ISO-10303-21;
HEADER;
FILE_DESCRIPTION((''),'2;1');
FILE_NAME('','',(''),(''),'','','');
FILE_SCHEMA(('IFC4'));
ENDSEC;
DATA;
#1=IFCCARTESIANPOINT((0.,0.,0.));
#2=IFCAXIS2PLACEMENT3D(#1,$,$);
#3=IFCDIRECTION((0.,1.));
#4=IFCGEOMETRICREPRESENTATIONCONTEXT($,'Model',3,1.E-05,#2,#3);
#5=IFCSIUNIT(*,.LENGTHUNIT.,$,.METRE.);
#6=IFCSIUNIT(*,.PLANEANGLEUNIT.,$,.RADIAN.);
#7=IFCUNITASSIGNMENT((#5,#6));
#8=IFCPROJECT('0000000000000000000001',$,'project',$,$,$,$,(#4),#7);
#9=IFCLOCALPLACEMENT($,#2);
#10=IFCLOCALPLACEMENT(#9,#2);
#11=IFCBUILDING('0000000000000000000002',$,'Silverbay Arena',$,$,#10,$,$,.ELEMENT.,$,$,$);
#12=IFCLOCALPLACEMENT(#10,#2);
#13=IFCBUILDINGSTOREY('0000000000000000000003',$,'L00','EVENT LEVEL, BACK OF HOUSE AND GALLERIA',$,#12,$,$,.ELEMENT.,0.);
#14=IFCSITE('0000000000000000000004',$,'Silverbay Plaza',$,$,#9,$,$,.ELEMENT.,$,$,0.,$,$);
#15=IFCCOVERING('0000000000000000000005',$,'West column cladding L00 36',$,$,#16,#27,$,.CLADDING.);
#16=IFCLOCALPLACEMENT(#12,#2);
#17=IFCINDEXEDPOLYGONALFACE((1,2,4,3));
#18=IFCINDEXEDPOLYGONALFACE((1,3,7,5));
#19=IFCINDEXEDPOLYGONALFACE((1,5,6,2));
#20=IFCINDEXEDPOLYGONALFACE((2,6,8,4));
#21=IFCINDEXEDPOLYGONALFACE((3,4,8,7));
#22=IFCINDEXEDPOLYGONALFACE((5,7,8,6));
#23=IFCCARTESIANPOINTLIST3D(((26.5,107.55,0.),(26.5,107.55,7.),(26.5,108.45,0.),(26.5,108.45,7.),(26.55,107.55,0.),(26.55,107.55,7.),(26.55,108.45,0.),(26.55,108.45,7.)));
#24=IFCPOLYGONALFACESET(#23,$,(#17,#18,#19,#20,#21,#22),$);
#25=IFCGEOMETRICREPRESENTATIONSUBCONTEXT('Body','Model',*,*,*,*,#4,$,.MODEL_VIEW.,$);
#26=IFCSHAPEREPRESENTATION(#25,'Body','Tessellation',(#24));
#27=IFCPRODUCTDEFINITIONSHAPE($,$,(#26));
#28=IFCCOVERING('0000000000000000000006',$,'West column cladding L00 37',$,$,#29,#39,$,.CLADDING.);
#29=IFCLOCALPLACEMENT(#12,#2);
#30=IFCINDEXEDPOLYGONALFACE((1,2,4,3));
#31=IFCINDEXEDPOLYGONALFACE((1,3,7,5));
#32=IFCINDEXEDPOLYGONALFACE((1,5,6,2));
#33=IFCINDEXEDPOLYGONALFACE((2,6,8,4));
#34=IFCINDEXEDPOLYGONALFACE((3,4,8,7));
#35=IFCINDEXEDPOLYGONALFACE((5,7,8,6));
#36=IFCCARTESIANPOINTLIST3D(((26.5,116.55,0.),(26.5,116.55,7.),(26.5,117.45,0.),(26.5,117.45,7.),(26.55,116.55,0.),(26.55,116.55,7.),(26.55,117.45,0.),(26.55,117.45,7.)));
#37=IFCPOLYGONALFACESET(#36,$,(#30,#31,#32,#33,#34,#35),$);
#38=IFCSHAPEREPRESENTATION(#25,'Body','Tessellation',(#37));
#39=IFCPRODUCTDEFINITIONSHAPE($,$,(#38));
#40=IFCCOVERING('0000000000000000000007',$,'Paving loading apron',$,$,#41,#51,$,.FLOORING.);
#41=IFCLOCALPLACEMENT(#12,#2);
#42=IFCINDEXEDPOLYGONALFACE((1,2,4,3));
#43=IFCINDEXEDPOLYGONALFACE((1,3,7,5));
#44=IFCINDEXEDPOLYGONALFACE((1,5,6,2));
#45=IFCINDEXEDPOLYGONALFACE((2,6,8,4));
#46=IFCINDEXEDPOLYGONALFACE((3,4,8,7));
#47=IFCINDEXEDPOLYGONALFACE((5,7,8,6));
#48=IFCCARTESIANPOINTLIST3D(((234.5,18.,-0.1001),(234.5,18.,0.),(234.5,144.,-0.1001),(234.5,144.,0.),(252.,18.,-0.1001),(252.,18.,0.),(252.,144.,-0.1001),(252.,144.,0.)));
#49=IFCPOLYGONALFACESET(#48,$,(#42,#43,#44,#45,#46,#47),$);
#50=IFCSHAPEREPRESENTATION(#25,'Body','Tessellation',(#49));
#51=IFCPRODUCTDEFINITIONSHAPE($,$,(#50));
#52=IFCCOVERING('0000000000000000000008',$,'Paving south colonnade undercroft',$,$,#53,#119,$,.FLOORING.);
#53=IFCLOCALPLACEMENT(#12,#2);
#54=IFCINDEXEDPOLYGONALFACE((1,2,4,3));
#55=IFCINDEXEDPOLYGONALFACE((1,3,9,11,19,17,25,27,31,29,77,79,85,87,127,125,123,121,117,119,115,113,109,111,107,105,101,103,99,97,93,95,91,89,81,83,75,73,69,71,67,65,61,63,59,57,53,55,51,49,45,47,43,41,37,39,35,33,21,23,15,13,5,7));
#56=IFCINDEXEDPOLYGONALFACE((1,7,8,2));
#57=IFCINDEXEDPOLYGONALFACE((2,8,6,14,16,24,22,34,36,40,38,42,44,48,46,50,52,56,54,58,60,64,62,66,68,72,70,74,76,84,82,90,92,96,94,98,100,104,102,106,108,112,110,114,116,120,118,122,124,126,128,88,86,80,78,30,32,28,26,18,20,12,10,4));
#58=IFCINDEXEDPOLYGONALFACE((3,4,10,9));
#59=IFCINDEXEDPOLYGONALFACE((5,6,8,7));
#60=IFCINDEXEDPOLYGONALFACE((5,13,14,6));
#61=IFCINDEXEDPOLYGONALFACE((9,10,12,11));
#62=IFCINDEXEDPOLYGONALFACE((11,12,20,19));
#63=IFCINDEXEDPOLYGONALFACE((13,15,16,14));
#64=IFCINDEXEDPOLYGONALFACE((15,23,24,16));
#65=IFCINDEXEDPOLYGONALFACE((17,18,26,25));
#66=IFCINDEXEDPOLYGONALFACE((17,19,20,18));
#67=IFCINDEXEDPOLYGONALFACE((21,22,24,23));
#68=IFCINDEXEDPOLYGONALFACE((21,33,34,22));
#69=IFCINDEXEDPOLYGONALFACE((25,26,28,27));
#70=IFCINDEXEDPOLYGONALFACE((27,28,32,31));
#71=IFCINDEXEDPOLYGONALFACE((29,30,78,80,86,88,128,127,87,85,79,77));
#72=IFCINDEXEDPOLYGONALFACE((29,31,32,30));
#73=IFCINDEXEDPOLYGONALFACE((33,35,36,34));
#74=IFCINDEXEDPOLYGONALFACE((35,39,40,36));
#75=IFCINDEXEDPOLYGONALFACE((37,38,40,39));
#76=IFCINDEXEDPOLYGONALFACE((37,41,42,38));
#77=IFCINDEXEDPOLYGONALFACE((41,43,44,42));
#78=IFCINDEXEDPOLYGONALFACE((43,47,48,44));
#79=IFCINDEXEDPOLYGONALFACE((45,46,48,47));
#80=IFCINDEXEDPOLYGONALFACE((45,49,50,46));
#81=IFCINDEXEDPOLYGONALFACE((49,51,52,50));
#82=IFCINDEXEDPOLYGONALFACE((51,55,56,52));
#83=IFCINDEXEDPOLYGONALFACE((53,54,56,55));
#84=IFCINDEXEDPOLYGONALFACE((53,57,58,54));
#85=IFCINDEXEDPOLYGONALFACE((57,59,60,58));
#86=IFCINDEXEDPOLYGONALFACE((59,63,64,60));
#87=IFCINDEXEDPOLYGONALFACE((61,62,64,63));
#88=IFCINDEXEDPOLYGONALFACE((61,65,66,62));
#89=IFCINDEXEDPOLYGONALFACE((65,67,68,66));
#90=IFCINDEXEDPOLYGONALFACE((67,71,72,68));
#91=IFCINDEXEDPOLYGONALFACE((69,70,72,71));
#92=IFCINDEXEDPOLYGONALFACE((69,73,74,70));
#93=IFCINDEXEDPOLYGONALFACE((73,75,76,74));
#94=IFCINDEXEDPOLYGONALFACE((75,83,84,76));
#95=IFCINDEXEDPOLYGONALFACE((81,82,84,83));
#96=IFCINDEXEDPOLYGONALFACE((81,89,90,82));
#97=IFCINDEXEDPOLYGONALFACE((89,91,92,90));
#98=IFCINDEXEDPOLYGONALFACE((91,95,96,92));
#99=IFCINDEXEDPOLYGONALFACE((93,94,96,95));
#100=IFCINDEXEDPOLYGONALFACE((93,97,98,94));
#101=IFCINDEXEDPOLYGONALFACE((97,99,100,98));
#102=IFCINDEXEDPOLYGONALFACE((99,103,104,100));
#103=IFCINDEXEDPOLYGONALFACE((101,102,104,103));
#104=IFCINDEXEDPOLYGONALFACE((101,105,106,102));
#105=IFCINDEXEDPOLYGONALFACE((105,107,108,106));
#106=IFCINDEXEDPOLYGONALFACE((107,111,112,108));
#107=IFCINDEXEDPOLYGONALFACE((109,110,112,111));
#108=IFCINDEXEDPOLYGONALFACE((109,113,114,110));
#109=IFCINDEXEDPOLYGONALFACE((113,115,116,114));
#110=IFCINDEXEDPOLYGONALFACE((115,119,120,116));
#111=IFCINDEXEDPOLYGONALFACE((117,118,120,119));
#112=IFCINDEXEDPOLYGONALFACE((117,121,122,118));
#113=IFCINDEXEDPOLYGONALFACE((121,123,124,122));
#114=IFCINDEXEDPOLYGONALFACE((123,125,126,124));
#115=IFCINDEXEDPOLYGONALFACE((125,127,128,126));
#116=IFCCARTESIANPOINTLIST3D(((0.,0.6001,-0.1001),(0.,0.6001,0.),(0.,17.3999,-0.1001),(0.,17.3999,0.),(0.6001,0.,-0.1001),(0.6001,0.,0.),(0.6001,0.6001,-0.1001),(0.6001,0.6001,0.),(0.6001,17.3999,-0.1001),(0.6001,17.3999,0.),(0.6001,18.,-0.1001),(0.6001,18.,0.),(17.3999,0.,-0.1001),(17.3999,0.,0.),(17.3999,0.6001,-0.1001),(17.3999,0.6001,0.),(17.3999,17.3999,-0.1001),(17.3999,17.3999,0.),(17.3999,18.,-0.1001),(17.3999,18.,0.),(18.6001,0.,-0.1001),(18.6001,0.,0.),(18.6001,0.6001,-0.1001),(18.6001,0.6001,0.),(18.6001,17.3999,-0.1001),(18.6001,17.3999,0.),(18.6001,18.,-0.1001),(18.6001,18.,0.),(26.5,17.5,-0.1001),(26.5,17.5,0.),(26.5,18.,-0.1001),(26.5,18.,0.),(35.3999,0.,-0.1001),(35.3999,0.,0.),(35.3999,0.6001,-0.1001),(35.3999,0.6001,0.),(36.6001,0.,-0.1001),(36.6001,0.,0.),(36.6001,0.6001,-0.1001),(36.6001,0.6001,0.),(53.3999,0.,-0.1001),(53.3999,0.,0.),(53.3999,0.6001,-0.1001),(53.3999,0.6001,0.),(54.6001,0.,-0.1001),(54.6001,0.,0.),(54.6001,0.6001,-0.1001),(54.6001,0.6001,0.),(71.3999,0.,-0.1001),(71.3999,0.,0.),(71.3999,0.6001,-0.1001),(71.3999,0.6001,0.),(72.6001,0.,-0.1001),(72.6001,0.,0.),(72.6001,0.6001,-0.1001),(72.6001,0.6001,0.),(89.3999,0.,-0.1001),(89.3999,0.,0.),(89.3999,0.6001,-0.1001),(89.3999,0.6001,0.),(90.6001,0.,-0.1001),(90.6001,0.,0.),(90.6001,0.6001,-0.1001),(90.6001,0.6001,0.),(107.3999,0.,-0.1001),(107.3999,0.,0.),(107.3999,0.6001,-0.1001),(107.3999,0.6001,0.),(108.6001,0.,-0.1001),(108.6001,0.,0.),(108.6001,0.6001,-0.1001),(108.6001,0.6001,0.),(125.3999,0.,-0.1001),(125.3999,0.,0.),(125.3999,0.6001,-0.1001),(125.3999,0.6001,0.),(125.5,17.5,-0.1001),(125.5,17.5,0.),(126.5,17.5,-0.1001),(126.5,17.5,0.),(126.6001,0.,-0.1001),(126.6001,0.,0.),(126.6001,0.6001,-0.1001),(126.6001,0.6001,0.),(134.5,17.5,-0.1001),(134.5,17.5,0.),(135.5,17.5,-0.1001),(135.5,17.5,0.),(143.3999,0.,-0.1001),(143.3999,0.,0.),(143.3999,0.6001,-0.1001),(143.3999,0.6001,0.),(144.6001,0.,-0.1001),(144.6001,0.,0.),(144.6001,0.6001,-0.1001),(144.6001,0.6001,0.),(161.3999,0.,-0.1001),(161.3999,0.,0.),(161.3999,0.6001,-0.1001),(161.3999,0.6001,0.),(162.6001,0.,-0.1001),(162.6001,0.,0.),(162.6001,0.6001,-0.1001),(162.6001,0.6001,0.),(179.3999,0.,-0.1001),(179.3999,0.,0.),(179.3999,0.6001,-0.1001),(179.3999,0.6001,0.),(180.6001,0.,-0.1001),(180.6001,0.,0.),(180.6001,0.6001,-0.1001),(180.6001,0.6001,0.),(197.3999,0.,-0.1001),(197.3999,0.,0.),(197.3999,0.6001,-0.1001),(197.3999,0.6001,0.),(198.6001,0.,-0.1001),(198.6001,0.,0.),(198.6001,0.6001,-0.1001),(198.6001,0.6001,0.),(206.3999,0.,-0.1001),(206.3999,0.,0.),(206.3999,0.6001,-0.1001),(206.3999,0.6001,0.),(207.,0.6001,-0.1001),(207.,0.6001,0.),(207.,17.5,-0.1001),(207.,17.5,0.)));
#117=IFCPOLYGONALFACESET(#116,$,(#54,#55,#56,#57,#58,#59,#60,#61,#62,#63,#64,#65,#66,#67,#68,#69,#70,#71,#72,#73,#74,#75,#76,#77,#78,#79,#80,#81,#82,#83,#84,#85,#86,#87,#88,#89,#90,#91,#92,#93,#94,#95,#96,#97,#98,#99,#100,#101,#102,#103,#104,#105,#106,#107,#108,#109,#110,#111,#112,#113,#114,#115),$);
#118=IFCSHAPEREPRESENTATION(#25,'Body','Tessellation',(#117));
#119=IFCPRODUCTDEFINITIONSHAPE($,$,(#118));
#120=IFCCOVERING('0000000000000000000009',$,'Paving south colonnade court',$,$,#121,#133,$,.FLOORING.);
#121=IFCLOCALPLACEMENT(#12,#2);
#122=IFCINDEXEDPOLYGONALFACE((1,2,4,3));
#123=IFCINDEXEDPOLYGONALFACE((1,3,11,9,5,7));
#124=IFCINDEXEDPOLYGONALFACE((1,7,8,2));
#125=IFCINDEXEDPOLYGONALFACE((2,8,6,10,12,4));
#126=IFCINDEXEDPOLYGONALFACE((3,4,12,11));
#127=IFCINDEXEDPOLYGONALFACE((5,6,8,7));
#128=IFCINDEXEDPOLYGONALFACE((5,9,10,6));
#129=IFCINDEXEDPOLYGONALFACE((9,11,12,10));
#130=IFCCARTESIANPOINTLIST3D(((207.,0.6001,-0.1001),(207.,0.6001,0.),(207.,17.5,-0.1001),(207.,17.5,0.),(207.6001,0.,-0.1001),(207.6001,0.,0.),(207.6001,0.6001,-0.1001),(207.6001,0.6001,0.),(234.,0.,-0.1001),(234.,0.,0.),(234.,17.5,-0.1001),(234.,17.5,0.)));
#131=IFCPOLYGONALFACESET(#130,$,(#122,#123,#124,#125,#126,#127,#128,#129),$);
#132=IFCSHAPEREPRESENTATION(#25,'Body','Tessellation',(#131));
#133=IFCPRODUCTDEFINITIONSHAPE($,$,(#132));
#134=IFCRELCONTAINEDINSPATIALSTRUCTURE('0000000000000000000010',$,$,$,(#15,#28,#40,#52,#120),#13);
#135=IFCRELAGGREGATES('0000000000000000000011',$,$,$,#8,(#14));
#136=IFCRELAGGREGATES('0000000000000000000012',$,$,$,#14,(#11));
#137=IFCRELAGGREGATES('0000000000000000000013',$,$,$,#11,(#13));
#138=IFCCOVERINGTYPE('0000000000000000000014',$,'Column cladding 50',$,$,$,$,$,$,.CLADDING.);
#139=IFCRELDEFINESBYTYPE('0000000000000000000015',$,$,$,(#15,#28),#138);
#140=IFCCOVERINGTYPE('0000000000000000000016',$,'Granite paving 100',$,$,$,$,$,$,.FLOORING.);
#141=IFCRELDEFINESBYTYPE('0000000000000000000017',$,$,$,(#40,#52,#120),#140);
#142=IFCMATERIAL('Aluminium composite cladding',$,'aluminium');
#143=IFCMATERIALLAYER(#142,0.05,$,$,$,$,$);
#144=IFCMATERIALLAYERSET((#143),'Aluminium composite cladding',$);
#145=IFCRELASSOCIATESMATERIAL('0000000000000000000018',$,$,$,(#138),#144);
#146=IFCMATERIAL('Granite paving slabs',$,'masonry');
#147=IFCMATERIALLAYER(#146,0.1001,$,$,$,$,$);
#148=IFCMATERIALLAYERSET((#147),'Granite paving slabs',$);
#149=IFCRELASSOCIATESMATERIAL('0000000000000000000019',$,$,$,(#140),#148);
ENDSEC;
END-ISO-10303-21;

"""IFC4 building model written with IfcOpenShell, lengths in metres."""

from ifc_helpers import new_model, si_unit, direction, frame, origin, place, context, subcontext, project, spatial, polyline, outline, extrude, material, layer, layer_set, type_object, element, save


model = new_model("IFC4")

# Units and contexts
model_context = context("Model", 3, precision=1e-05, world=origin(), true_north=direction((0.0, 1.0)))
body_context = subcontext(model_context, "Body", "Model", "MODEL_VIEW")
ifc_project = project(units=[si_unit("LENGTHUNIT", "METRE"), si_unit("PLANEANGLEUNIT", "RADIAN")], contexts=[model_context])

# Site, building, storey
site_placement = place(None, origin())
site = spatial("IfcSite", under=ifc_project, at=site_placement, Name="Silverbay Plaza", CompositionType="ELEMENT", RefElevation=0.0)
building_placement = place(site_placement, origin())
building = spatial("IfcBuilding", under=site, at=building_placement, Name="Silverbay Arena", CompositionType="ELEMENT")
storey_placement = place(building_placement, origin())
storey = spatial("IfcBuildingStorey", under=building, at=storey_placement, Name="L00", Description="EVENT LEVEL, BACK OF HOUSE AND GALLERIA", CompositionType="ELEMENT", Elevation=0.0)

# Coverings
ifc_material_1 = material(Name="Aluminium composite cladding", Category="aluminium")
ifc_layer_1 = layer(ifc_material_1, 0.05)
ifc_layer_set_1 = layer_set([ifc_layer_1], Name="Aluminium composite cladding")
covering_type_1 = type_object("IfcCoveringType", Name="Column cladding 50", PredefinedType="CLADDING", material=ifc_layer_set_1)
covering_1_placement = place(storey_placement, origin())
element("IfcCovering", 1, at=covering_1_placement, inside=storey, type_object=covering_type_1, Name="West column cladding L00 36", PredefinedType="CLADDING", context=body_context, shape_type="SweptSolid", body=[
    extrude(outline(polyline([(26.5, 107.55), (26.55, 107.55), (26.55, 108.45), (26.5, 108.45), (26.5, 107.55)])), origin(), (0.0, 0.0, 1.0), 7.0),
])
covering_2_placement = place(storey_placement, origin())
element("IfcCovering", 2, at=covering_2_placement, inside=storey, type_object=covering_type_1, Name="West column cladding L00 37", PredefinedType="CLADDING", context=body_context, shape_type="SweptSolid", body=[
    extrude(outline(polyline([(26.5, 116.55), (26.55, 116.55), (26.55, 117.45), (26.5, 117.45), (26.5, 116.55)])), origin(), (0.0, 0.0, 1.0), 7.0),
])
ifc_material_2 = material(Name="Granite paving slabs", Category="masonry")
ifc_layer_2 = layer(ifc_material_2, 0.1001)
ifc_layer_set_2 = layer_set([ifc_layer_2], Name="Granite paving slabs")
covering_type_2 = type_object("IfcCoveringType", Name="Granite paving 100", PredefinedType="FLOORING", material=ifc_layer_set_2)
covering_3_placement = place(storey_placement, frame((0.0, 0.0, -0.1001)))
element("IfcCovering", 3, at=covering_3_placement, inside=storey, type_object=covering_type_2, Name="Paving loading apron", PredefinedType="FLOORING", context=body_context, shape_type="SweptSolid", body=[
    extrude(outline(polyline([(252.0, 18.0), (234.5, 18.0), (234.5, 144.0), (252.0, 144.0), (252.0, 18.0)])), origin(), (0.0, 0.0, 1.0), 0.1001),
])
covering_4_placement = place(storey_placement, frame((0.0, 0.0, -0.1001)))
element("IfcCovering", 4, at=covering_4_placement, inside=storey, type_object=covering_type_2, Name="Paving south colonnade undercroft", PredefinedType="FLOORING", context=body_context, shape_type="SweptSolid", body=[
    extrude(outline(polyline([(198.6001, 0.0), (198.6001, 0.6001), (197.3999, 0.6001), (197.3999, 0.0), (180.6001, 0.0), (180.6001, 0.6001), (179.3999, 0.6001), (179.3999, 0.0), (162.6001, 0.0), (162.6001, 0.6001), (161.3999, 0.6001), (161.3999, 0.0), (144.6001, 0.0), (144.6001, 0.6001), (143.3999, 0.6001), (143.3999, 0.0), (126.6001, 0.0), (126.6001, 0.6001), (125.3999, 0.6001), (125.3999, 0.0), (108.6001, 0.0), (108.6001, 0.6001), (107.3999, 0.6001), (107.3999, 0.0), (90.6001, 0.0), (90.6001, 0.6001), (89.3999, 0.6001), (89.3999, 0.0), (72.6001, 0.0), (72.6001, 0.6001), (71.3999, 0.6001), (71.3999, 0.0), (54.6001, 0.0), (54.6001, 0.6001), (53.3999, 0.6001), (53.3999, 0.0), (36.6001, 0.0), (36.6001, 0.6001), (35.3999, 0.6001), (35.3999, 0.0), (18.6001, 0.0), (18.6001, 0.6001), (17.3999, 0.6001), (17.3999, 0.0), (0.6001, 0.0), (0.6001, 0.6001), (0.0, 0.6001), (0.0, 17.3999), (0.6001, 17.3999), (0.6001, 18.0), (17.3999, 18.0), (17.3999, 17.3999), (18.6001, 17.3999), (18.6001, 18.0), (26.5, 18.0), (26.5, 17.5), (125.5, 17.5), (126.5, 17.5), (134.5, 17.5), (135.5, 17.5), (207.0, 17.5), (207.0, 0.6001), (206.3999, 0.6001), (206.3999, 0.0), (198.6001, 0.0)])), origin(), (0.0, 0.0, 1.0), 0.1001),
])
covering_5_placement = place(storey_placement, frame((0.0, 0.0, -0.1001)))
element("IfcCovering", 5, at=covering_5_placement, inside=storey, type_object=covering_type_2, Name="Paving south colonnade court", PredefinedType="FLOORING", context=body_context, shape_type="SweptSolid", body=[
    extrude(outline(polyline([(207.6001, 0.0), (207.6001, 0.6001), (207.0, 0.6001), (207.0, 17.5), (234.0, 17.5), (234.0, 0.0), (207.6001, 0.0)])), origin(), (0.0, 0.0, 1.0), 0.1001),
])

save(model, "model.ifc")
